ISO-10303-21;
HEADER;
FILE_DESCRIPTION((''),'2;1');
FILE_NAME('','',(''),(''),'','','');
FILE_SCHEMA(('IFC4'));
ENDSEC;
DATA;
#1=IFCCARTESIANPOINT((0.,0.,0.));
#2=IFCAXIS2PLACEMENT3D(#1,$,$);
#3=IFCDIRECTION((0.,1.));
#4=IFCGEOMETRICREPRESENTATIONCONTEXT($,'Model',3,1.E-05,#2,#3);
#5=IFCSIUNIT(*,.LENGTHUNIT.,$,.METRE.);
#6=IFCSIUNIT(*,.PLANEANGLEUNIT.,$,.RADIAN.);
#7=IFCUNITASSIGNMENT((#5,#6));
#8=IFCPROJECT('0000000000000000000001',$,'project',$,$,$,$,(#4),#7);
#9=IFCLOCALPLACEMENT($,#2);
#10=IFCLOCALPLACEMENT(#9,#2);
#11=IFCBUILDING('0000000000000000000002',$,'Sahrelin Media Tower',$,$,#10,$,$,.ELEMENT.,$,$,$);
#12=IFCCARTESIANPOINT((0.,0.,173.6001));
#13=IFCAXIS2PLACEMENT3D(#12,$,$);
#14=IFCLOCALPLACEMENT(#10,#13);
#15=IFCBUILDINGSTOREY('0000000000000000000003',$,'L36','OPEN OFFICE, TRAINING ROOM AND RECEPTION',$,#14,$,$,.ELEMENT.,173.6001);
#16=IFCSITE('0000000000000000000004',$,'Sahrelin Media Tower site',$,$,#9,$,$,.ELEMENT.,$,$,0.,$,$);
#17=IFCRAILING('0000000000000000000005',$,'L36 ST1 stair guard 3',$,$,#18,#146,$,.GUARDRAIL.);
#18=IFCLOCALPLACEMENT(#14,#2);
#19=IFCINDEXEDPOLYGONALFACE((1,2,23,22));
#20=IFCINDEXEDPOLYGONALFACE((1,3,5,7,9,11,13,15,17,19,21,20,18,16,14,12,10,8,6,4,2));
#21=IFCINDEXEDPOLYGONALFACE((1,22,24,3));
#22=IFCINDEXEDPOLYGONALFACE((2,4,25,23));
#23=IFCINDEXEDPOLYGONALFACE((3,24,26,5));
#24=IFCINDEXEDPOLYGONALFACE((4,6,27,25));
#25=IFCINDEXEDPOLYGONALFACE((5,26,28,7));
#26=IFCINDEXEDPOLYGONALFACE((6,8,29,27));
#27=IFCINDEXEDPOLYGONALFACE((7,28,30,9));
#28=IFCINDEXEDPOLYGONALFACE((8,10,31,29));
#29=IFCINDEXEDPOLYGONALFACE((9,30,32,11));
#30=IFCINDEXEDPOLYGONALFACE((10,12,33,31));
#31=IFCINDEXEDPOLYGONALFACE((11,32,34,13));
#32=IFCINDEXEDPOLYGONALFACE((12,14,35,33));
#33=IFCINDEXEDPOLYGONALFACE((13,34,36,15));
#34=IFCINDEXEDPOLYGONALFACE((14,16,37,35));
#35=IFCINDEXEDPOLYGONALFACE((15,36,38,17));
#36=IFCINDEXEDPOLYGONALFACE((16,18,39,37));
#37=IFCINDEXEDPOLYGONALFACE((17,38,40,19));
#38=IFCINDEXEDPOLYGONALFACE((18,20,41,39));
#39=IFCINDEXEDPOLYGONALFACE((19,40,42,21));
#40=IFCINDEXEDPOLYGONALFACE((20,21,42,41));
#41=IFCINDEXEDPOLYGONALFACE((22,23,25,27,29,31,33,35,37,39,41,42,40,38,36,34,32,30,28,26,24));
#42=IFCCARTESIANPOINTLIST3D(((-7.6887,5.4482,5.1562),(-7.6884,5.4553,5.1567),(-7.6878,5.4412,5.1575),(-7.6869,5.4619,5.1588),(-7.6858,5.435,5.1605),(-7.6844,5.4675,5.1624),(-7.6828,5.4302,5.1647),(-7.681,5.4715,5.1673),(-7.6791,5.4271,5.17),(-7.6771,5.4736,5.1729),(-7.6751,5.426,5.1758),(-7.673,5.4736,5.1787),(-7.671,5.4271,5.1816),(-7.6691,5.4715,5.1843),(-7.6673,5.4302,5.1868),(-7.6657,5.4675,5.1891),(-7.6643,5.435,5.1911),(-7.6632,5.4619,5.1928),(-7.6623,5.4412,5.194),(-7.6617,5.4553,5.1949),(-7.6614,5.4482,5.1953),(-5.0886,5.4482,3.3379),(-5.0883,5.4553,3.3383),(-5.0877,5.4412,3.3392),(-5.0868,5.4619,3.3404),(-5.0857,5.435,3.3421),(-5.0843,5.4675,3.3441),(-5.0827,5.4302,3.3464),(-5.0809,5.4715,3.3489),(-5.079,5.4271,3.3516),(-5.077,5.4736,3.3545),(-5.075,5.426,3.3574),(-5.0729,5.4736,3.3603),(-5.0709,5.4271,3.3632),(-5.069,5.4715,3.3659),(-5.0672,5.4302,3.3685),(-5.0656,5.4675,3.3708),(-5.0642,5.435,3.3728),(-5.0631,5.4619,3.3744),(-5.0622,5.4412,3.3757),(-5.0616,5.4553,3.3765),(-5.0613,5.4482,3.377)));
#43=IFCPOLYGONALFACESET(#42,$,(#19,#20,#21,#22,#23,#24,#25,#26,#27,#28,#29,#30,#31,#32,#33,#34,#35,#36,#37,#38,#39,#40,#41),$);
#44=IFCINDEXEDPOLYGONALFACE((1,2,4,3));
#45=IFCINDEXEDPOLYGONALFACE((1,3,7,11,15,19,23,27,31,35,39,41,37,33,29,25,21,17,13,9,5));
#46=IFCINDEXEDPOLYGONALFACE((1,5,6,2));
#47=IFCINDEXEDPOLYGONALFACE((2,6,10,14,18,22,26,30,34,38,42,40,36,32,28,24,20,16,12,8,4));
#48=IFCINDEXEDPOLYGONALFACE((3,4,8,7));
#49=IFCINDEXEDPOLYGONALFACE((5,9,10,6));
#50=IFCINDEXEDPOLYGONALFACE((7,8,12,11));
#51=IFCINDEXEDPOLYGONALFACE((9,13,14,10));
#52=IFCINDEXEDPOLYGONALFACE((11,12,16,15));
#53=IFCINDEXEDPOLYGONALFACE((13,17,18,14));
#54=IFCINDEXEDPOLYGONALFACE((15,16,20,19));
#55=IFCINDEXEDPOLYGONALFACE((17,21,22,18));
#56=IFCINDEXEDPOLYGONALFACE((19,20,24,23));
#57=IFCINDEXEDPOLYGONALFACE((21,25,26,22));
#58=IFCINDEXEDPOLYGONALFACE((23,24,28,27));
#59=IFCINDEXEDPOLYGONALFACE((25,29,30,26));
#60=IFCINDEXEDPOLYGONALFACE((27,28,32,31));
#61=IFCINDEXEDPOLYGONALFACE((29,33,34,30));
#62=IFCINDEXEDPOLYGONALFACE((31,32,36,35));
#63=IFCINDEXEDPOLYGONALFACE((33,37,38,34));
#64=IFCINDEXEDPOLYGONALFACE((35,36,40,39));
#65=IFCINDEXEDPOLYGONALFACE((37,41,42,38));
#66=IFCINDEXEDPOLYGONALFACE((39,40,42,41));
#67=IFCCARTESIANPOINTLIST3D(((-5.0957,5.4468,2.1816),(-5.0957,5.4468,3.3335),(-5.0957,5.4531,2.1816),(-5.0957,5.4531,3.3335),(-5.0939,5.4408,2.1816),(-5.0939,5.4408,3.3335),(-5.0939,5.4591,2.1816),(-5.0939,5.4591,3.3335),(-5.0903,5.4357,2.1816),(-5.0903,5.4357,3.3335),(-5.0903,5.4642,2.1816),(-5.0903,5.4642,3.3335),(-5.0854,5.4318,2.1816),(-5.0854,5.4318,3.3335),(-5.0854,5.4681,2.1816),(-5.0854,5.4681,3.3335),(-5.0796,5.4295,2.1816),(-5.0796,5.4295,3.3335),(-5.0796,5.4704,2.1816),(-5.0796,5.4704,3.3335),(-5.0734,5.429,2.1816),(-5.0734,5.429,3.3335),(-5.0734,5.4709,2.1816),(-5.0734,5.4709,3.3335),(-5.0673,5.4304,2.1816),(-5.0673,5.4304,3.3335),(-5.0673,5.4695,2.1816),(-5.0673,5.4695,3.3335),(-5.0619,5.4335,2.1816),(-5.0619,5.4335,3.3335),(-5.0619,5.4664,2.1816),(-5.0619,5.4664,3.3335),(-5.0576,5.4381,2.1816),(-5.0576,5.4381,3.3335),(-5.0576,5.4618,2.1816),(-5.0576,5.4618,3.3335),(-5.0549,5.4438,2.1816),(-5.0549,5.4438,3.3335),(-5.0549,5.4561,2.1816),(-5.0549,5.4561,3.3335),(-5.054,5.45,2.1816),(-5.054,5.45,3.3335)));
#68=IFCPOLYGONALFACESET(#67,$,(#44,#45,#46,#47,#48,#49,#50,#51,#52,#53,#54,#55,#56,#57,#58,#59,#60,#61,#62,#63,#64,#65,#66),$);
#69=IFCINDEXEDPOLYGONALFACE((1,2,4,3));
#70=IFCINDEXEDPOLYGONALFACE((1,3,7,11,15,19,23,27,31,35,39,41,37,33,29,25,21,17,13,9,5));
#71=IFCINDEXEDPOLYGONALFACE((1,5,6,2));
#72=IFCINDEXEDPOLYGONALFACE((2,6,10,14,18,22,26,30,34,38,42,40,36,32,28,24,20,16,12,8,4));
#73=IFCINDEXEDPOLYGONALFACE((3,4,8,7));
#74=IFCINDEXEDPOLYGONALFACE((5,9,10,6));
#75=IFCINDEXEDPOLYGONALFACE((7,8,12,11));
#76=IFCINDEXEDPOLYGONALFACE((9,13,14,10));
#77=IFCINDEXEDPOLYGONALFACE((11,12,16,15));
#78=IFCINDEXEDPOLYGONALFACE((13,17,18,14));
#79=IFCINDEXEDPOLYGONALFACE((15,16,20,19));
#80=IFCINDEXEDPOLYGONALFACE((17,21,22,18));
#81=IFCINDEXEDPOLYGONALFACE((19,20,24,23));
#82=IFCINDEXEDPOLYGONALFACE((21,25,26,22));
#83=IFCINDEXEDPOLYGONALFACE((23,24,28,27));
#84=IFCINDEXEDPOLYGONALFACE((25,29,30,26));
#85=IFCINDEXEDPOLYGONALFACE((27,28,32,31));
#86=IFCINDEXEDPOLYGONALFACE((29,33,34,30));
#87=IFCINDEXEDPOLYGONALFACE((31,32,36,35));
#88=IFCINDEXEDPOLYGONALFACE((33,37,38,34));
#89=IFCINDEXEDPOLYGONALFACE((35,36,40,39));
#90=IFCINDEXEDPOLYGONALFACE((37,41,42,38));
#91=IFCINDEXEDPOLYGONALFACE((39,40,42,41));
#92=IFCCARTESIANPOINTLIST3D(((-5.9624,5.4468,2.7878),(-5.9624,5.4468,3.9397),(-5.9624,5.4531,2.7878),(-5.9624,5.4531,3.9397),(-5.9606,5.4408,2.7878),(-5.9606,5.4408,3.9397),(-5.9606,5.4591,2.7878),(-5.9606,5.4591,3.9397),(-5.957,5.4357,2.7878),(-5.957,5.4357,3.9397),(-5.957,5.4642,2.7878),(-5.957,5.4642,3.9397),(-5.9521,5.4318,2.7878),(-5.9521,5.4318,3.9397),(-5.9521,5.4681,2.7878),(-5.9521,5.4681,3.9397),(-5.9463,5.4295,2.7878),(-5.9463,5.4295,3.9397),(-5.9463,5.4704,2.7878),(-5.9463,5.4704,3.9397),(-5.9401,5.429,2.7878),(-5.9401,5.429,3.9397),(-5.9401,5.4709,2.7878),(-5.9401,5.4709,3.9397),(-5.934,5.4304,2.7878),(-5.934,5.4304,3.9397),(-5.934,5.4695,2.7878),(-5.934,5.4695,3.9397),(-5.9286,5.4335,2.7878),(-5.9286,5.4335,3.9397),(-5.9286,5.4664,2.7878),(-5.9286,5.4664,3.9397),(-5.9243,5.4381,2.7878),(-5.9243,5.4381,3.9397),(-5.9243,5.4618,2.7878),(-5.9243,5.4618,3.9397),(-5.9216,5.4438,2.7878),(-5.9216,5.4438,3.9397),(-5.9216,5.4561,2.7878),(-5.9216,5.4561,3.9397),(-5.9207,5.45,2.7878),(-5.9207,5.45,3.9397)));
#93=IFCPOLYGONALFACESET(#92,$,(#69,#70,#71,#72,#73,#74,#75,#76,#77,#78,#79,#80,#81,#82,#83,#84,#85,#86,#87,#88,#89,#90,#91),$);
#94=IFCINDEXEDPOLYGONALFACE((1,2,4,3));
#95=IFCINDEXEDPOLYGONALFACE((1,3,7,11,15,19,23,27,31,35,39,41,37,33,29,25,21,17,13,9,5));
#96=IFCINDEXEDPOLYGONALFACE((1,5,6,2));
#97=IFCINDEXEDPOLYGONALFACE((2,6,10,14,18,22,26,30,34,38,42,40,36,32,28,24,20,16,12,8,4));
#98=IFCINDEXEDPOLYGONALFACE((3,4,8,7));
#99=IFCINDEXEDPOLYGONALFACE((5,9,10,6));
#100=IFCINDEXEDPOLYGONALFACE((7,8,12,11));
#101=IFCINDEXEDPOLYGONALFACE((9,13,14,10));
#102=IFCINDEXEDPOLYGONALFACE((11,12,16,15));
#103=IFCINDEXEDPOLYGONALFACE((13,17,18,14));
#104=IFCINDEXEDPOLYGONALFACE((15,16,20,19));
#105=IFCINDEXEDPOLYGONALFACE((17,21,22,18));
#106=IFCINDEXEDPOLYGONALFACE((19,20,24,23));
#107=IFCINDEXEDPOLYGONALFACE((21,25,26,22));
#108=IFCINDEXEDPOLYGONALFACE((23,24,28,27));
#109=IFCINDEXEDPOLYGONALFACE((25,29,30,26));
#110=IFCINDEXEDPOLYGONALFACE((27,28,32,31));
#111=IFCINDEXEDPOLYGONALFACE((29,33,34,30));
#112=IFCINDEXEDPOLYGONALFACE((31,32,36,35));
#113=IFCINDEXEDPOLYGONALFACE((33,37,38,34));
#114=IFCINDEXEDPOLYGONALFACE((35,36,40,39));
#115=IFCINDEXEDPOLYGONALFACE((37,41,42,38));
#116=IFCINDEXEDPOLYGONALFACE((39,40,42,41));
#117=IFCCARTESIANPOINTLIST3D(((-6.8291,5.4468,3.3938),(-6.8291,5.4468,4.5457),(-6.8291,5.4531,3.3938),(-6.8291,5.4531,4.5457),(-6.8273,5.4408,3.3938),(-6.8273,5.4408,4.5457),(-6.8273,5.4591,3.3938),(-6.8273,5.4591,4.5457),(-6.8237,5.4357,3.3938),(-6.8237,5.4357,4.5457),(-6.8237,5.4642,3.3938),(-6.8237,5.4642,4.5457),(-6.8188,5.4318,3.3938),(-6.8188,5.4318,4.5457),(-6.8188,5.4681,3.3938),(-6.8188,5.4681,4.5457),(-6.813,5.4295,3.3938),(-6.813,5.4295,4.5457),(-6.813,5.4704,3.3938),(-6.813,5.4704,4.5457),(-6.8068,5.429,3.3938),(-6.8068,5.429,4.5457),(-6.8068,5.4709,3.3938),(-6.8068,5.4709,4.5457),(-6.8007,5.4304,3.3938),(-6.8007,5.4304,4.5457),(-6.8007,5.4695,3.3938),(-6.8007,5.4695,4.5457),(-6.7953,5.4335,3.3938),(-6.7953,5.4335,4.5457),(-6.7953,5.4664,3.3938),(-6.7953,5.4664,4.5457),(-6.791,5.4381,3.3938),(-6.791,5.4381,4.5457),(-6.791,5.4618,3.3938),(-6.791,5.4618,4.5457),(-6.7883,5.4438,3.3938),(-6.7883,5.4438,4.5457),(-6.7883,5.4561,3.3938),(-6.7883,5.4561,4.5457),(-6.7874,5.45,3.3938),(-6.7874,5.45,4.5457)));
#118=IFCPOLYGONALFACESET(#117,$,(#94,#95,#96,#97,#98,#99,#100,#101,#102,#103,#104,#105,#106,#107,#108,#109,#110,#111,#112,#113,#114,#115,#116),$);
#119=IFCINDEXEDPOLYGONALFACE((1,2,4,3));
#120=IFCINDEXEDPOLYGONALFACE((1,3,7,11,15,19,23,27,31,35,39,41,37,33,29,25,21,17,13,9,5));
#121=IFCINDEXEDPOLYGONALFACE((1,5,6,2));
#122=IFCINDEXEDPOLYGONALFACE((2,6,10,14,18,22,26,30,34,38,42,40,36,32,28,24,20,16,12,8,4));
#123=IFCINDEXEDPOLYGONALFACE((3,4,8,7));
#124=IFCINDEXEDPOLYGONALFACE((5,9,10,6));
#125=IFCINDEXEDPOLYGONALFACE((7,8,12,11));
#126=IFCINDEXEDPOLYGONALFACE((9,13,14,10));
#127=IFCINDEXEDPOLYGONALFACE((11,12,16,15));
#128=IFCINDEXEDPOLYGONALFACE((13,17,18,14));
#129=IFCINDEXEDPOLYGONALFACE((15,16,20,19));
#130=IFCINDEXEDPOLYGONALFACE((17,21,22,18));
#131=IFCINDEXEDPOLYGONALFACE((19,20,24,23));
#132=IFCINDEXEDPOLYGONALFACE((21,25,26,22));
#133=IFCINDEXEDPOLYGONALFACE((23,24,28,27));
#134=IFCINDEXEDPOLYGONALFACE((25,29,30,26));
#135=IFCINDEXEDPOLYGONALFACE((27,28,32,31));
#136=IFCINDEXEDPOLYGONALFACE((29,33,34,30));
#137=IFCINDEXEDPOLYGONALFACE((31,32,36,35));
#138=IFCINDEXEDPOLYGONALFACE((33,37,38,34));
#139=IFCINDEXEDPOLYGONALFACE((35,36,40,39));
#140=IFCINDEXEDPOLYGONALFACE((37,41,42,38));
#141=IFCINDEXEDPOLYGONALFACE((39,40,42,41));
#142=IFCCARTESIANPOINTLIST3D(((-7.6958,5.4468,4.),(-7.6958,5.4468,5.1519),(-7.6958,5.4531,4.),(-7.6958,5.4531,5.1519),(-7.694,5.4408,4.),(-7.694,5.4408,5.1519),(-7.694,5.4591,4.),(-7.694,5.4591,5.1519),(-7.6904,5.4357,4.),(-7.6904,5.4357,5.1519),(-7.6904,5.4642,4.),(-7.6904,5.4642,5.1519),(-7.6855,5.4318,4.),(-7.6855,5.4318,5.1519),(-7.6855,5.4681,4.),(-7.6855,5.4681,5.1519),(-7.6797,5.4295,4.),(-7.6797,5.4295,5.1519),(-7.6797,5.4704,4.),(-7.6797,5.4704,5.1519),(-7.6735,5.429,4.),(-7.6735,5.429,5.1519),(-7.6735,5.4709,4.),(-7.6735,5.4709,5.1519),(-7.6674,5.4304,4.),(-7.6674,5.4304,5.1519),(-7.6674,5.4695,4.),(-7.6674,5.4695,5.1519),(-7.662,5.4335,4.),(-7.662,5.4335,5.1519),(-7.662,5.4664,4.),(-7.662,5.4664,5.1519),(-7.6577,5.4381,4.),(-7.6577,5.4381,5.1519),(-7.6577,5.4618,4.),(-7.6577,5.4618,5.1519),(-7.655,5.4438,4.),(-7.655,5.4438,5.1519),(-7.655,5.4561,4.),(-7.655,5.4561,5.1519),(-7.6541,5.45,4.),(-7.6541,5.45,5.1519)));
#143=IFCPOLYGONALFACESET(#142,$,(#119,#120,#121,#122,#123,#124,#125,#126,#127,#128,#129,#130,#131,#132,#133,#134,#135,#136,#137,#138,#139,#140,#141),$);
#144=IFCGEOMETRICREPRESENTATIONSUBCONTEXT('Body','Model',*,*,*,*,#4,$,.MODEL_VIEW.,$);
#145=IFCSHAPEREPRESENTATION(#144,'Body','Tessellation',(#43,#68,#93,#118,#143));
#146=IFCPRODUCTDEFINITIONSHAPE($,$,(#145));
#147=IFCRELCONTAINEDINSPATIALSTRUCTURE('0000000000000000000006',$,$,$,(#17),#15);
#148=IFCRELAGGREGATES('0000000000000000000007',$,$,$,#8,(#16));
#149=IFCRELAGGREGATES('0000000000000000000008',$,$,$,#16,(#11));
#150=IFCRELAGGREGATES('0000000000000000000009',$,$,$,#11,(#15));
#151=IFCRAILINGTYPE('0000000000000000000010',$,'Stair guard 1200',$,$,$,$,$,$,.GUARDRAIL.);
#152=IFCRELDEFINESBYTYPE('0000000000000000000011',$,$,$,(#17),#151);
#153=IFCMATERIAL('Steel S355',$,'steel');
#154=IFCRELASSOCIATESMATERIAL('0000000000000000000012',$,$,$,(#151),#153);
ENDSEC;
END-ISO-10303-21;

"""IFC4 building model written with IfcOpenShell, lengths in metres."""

from ifc_helpers import new_model, si_unit, direction, frame, origin, origin_2d, place, context, subcontext, project, spatial, circle, extrude, material, type_object, element, save


model = new_model("IFC4")

# Units and contexts
model_context = context("Model", 3, precision=1e-05, world=origin(), true_north=direction((0.0, 1.0)))
body_context = subcontext(model_context, "Body", "Model", "MODEL_VIEW")
ifc_project = project(units=[si_unit("LENGTHUNIT", "METRE"), si_unit("PLANEANGLEUNIT", "RADIAN")], contexts=[model_context])

# Site, building, storey
site_placement = place(None, origin())
site = spatial("IfcSite", under=ifc_project, at=site_placement, Name="Sahrelin Media Tower site", CompositionType="ELEMENT", RefElevation=0.0)
building_placement = place(site_placement, origin())
building = spatial("IfcBuilding", under=site, at=building_placement, Name="Sahrelin Media Tower", CompositionType="ELEMENT")
storey_placement = place(building_placement, frame((0.0, 0.0, 173.6001)))
storey = spatial("IfcBuildingStorey", under=building, at=storey_placement, Name="L36", Description="OPEN OFFICE, TRAINING ROOM AND RECEPTION", CompositionType="ELEMENT", Elevation=173.6001)

# Shared definitions
ifc_material_1 = material(Name="Steel S355", Category="steel")

# Railing
railing_type_1 = type_object("IfcRailingType", Name="Stair guard 1200", PredefinedType="GUARDRAIL", material=ifc_material_1)
railing_1_placement = place(storey_placement, frame((-5.075, 5.45, 2.1816)))
element("IfcRailing", 1, at=railing_1_placement, inside=storey, type_object=railing_type_1, Name="L36 ST1 stair guard 3", PredefinedType="GUARDRAIL", context=body_context, shape_type="SweptSolid", body=[
    extrude(circle(Radius=0.0239, at=origin_2d()), frame((0.0, 0.0, 1.1758), z_axis=(-0.819485, 0.0, 0.573101), x_axis=(0.0, -1.0, 0.0)), (0.0, 0.0, 1.0), 3.1729),
    extrude(circle(Radius=0.021, at=origin_2d()), origin(), (0.0, 0.0, 1.0), 1.1519),
    extrude(circle(Radius=0.021, at=origin_2d()), frame((-0.8667, 0.0, 0.6062)), (0.0, 0.0, 1.0), 1.1519),
    extrude(circle(Radius=0.021, at=origin_2d()), frame((-1.7334, 0.0, 1.2122)), (0.0, 0.0, 1.0), 1.1519),
    extrude(circle(Radius=0.021, at=origin_2d()), frame((-2.6001, 0.0, 1.8184)), (0.0, 0.0, 1.0), 1.1519),
])

save(model, "model.ifc")
